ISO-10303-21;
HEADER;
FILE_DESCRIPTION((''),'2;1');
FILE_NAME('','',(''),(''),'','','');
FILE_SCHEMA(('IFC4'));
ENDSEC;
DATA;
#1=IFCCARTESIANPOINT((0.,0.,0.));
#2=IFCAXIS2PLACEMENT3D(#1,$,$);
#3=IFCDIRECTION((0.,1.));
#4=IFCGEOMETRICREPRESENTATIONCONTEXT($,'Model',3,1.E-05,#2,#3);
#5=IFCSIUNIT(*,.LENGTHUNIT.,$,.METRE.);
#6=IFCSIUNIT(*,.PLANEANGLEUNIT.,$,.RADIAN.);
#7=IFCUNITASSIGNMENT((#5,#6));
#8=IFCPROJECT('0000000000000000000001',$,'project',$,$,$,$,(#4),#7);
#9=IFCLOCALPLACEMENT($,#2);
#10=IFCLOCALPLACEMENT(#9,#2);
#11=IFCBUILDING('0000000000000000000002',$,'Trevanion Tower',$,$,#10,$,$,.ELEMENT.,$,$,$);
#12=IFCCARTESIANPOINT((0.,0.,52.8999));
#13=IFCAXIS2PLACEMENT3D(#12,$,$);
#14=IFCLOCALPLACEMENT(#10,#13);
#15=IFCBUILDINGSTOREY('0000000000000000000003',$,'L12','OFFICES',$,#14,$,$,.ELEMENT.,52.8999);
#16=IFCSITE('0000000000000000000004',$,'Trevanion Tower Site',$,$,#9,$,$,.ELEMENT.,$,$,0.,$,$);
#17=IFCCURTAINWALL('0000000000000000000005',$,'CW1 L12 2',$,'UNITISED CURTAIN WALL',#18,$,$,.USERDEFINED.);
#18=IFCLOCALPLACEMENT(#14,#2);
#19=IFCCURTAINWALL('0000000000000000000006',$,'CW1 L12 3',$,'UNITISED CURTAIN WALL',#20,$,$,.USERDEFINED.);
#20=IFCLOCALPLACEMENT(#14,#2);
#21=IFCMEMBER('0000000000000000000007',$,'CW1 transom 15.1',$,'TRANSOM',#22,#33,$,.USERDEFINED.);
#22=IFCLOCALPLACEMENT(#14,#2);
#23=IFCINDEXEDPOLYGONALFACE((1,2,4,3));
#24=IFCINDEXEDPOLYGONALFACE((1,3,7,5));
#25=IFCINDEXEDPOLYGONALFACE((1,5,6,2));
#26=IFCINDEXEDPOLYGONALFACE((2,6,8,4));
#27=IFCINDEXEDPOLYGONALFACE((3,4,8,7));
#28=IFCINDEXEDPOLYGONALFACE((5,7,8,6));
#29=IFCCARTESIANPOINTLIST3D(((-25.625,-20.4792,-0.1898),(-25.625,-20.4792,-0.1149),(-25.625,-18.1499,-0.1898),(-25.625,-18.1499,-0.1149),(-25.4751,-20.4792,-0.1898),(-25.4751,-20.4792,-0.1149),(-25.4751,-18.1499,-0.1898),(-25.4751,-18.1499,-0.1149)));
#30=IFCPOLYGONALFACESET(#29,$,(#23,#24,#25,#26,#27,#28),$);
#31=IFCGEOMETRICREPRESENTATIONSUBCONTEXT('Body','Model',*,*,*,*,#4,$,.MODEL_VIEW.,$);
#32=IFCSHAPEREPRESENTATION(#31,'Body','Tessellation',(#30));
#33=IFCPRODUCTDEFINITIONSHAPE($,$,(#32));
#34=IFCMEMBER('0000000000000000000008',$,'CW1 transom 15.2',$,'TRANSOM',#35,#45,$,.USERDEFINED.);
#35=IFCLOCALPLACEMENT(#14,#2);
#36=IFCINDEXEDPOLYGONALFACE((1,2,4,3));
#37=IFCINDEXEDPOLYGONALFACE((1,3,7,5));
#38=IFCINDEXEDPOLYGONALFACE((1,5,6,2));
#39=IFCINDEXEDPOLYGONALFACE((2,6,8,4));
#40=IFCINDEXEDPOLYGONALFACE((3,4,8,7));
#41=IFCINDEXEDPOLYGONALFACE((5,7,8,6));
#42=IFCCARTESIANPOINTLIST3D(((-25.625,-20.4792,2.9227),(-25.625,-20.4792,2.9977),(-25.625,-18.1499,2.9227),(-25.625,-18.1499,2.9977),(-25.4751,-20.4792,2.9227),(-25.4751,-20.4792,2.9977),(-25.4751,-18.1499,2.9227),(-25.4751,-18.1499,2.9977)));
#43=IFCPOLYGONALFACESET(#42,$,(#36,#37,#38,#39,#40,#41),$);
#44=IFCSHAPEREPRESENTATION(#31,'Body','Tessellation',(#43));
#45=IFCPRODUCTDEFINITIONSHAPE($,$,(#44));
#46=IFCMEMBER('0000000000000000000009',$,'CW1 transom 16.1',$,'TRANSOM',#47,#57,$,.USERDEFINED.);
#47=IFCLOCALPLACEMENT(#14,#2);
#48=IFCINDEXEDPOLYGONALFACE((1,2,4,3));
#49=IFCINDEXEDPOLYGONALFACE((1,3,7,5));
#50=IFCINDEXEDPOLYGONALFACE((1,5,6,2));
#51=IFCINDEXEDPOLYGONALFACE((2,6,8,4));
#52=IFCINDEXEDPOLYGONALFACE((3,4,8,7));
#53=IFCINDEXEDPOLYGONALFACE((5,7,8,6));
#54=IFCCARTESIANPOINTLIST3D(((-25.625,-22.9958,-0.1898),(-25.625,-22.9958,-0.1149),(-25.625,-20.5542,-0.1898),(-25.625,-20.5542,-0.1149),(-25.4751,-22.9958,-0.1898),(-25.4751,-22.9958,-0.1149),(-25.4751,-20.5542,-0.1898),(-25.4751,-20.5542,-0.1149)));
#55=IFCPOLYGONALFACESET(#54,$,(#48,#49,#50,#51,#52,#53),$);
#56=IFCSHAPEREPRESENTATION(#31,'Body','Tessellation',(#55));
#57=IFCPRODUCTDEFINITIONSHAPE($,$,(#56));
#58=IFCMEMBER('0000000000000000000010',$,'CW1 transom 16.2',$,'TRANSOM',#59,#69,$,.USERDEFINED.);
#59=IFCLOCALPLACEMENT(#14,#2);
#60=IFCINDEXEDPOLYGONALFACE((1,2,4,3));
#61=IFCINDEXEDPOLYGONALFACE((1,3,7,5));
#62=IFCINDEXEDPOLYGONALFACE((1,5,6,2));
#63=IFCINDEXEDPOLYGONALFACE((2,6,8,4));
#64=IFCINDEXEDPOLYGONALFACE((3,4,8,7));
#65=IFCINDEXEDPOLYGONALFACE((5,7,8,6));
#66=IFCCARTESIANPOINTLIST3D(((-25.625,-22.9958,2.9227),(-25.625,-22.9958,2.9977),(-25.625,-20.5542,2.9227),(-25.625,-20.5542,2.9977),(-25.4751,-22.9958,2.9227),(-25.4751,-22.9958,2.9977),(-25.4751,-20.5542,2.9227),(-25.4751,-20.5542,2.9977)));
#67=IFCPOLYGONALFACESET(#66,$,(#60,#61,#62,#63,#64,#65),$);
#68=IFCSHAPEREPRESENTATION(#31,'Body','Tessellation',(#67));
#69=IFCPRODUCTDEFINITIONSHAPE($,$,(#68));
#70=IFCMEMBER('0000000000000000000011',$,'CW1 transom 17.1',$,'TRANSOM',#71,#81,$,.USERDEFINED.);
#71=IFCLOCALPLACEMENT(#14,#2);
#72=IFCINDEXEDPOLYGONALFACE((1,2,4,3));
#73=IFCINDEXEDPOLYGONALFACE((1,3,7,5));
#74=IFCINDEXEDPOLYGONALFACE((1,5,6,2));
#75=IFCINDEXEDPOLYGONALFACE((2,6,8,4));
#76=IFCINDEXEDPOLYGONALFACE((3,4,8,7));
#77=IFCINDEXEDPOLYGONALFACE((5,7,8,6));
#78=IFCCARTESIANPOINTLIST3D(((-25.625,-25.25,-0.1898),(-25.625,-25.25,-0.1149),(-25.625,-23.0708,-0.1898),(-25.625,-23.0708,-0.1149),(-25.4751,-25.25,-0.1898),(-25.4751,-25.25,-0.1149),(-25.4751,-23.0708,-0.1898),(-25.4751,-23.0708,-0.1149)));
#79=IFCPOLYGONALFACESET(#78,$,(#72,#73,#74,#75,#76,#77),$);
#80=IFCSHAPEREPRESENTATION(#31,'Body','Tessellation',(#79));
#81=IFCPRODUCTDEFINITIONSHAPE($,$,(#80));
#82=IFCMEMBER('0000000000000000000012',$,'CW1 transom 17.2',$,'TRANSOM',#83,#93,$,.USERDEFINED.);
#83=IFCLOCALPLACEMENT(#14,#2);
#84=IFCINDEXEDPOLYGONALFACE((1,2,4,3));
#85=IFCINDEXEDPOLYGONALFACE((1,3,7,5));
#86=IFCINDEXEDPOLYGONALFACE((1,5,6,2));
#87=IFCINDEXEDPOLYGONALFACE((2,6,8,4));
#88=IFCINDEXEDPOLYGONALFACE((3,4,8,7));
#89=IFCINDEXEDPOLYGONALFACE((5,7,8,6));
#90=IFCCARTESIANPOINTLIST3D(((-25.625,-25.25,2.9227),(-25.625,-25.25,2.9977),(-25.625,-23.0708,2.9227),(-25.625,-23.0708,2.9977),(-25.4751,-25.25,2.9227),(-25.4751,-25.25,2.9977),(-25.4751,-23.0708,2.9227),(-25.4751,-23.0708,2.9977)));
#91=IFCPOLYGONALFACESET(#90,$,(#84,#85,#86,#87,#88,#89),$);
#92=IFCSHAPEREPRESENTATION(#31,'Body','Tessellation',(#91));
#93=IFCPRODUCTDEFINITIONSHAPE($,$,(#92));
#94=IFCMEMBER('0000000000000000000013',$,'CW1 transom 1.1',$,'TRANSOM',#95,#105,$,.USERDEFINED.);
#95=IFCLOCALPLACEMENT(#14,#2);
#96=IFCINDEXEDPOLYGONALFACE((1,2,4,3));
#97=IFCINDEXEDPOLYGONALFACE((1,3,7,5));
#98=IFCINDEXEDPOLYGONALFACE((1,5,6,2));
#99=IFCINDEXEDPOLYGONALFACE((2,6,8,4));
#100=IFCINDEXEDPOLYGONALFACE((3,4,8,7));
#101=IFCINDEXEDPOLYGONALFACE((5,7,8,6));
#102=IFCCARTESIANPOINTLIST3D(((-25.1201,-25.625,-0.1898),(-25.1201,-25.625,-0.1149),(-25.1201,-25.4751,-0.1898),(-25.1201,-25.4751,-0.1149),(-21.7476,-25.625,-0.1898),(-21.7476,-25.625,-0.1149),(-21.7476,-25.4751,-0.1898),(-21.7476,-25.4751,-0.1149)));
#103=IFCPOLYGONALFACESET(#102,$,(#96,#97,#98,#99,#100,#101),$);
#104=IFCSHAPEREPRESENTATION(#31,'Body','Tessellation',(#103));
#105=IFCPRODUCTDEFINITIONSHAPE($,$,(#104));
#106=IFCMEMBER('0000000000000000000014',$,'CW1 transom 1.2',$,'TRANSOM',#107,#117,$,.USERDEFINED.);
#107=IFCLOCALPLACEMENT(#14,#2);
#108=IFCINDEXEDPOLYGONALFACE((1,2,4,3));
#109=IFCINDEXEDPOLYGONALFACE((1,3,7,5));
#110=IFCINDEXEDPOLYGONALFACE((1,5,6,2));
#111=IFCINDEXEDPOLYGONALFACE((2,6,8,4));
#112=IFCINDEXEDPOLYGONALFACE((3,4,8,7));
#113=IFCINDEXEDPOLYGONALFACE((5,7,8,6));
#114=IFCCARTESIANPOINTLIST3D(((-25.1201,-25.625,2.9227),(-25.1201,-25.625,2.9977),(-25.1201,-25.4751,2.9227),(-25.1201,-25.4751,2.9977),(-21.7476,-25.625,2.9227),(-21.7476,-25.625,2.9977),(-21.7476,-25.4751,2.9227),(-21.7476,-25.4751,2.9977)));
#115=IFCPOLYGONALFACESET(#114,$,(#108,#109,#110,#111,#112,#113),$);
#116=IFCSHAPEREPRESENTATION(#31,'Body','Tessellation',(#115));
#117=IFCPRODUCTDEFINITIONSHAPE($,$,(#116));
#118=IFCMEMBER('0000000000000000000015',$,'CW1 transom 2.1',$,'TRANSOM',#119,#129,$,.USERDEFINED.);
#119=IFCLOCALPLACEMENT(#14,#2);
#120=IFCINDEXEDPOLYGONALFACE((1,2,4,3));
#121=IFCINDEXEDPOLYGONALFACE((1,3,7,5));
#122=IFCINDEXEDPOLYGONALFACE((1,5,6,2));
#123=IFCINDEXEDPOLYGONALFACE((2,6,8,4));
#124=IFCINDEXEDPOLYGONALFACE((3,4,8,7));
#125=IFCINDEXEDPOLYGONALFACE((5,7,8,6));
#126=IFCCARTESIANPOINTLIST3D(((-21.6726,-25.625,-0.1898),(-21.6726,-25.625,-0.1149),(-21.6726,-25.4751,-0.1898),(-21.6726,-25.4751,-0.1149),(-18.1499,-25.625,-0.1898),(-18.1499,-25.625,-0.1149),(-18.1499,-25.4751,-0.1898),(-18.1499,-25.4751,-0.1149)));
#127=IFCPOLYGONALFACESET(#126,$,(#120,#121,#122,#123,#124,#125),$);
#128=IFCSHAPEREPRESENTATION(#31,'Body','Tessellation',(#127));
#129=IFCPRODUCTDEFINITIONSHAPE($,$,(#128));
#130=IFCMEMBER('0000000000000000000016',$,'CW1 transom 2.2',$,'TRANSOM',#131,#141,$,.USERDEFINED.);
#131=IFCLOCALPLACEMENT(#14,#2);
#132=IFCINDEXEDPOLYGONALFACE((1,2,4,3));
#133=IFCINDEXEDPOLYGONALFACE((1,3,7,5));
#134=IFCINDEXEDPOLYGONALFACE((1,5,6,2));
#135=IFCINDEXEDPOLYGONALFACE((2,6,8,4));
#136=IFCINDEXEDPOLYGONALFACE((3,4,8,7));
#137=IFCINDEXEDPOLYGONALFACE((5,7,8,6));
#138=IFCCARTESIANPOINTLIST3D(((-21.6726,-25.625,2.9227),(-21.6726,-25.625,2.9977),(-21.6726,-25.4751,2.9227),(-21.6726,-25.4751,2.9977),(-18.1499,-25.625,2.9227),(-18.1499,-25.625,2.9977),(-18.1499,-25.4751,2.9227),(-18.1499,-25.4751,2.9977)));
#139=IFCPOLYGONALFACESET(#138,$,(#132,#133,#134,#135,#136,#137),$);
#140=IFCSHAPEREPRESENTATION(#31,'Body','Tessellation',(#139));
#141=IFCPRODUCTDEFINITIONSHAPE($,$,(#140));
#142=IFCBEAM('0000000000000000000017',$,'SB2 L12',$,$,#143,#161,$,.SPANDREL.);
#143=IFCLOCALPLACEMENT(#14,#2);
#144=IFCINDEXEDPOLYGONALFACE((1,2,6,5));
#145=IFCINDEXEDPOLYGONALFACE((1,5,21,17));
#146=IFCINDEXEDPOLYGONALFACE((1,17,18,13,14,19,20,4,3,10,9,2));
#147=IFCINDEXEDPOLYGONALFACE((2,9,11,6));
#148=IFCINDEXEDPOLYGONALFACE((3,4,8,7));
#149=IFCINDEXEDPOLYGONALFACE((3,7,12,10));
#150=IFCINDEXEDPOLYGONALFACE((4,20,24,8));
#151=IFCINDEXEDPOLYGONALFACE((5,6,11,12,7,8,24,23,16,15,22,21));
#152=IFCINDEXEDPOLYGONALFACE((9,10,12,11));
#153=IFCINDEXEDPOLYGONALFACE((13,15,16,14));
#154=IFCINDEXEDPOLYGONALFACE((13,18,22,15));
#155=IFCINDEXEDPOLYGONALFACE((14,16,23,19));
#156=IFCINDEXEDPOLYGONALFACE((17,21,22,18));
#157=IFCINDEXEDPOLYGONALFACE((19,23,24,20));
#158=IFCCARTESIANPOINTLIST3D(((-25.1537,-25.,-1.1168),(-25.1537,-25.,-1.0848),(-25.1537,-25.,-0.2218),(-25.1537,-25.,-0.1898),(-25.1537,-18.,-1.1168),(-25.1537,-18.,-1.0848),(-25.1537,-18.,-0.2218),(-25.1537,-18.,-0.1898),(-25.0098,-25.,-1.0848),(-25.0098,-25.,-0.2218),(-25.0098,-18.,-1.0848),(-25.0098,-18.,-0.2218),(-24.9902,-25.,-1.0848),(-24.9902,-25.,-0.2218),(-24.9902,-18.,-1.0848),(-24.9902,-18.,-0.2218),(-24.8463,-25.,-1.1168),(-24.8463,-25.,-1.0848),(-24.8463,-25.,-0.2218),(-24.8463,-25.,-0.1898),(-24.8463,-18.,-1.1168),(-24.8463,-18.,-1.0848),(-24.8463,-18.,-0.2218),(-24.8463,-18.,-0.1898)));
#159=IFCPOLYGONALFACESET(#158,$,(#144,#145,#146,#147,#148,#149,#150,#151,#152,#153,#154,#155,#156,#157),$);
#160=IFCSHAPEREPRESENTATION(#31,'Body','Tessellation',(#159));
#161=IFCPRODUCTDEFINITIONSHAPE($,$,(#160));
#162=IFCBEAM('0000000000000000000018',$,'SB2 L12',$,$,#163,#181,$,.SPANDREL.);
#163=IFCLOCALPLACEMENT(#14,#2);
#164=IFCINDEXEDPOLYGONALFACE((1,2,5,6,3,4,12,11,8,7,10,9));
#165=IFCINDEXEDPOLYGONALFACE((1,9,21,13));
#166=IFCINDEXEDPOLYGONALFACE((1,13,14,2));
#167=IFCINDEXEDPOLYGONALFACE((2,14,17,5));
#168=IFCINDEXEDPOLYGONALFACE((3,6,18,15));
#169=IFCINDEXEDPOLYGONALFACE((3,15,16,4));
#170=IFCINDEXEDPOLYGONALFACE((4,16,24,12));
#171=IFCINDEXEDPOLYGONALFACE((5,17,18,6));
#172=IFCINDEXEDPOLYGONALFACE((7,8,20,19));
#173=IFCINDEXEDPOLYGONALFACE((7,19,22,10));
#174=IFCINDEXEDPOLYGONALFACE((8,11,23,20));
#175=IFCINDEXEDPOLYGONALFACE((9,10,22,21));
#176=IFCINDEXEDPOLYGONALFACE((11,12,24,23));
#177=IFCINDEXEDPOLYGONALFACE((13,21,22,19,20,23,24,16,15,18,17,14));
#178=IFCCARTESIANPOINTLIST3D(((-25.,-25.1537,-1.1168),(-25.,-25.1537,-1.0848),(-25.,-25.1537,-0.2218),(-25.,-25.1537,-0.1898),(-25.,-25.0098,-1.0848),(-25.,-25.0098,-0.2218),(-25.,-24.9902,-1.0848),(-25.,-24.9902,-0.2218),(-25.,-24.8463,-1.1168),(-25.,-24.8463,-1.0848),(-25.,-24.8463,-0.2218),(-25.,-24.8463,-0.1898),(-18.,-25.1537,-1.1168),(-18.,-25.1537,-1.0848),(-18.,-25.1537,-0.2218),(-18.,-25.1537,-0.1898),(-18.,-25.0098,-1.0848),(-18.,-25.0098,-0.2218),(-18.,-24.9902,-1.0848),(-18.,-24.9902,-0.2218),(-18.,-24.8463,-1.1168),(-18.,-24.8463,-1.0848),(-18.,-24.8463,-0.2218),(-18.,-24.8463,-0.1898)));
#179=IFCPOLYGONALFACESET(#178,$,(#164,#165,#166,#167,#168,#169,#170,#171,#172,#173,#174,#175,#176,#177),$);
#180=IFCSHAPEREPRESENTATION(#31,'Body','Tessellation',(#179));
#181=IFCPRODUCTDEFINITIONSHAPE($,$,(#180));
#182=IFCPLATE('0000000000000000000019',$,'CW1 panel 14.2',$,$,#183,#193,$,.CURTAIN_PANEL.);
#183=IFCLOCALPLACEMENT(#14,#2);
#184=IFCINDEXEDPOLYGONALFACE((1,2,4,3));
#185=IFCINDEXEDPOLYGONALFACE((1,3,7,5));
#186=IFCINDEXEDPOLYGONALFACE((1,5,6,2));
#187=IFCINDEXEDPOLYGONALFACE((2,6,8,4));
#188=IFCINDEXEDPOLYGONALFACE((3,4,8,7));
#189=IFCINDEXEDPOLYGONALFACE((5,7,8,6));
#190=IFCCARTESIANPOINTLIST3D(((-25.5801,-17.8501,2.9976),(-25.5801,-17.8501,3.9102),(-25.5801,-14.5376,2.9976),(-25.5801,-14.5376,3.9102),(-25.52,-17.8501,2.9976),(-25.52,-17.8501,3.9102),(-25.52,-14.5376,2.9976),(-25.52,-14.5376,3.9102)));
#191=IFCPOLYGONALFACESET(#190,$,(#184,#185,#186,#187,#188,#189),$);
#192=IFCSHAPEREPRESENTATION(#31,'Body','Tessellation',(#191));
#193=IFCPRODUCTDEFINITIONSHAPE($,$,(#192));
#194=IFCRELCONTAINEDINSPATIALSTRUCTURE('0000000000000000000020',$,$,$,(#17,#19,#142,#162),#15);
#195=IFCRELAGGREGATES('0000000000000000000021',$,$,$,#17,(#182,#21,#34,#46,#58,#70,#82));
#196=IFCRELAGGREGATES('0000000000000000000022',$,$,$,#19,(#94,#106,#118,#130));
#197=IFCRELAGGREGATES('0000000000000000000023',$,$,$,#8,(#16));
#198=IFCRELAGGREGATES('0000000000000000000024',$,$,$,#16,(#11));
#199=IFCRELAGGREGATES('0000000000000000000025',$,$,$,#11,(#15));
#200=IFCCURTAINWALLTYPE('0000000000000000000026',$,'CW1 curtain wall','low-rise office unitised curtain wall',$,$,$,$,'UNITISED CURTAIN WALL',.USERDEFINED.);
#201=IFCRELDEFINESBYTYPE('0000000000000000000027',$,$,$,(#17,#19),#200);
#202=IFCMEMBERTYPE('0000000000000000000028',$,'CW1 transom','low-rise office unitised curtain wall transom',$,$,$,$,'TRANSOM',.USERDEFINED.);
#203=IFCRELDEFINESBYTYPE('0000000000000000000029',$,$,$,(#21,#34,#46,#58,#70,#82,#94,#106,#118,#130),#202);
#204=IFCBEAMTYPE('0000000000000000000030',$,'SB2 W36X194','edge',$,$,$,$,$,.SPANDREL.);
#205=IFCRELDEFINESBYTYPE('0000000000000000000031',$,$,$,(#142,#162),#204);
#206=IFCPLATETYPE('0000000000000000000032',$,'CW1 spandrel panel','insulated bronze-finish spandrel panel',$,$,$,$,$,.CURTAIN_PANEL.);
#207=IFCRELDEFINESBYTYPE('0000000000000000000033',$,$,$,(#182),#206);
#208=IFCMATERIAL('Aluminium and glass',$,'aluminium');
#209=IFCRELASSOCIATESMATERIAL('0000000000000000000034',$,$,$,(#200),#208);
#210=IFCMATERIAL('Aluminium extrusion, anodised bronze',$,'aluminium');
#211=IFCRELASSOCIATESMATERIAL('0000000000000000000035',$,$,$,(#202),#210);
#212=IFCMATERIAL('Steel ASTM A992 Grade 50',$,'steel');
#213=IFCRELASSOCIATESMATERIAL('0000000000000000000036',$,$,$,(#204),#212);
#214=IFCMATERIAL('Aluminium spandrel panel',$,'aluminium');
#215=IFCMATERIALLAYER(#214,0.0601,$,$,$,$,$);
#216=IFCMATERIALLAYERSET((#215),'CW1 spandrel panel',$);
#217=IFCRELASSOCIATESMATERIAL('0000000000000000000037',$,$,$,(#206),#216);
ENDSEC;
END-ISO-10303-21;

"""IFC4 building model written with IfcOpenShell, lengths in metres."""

from ifc_helpers import new_model, si_unit, direction, frame, origin, origin_2d, place, context, subcontext, project, spatial, rectangle, i_section, extrude, material, layer, layer_set, material_profile, profile_set, type_object, element, aggregate, save


model = new_model("IFC4")

# Units and contexts
model_context = context("Model", 3, precision=1e-05, world=origin(), true_north=direction((0.0, 1.0)))
body_context = subcontext(model_context, "Body", "Model", "MODEL_VIEW")
ifc_project = project(units=[si_unit("LENGTHUNIT", "METRE"), si_unit("PLANEANGLEUNIT", "RADIAN")], contexts=[model_context])

# Site, building, storey
site_placement = place(None, origin())
site = spatial("IfcSite", under=ifc_project, at=site_placement, Name="Trevanion Tower Site", CompositionType="ELEMENT", RefElevation=0.0)
building_placement = place(site_placement, origin())
building = spatial("IfcBuilding", under=site, at=building_placement, Name="Trevanion Tower", CompositionType="ELEMENT")
storey_placement = place(building_placement, frame((0.0, 0.0, 52.8999)))
storey = spatial("IfcBuildingStorey", under=building, at=storey_placement, Name="L12", Description="OFFICES", CompositionType="ELEMENT", Elevation=52.8999)

# Curtain wall
ifc_material_1 = material(Name="Aluminium and glass", Category="aluminium")
curtain_wall_type = type_object("IfcCurtainWallType", Name="CW1 curtain wall", Description="low-rise office unitised curtain wall", ElementType="UNITISED CURTAIN WALL", PredefinedType="USERDEFINED", material=ifc_material_1)
curtain_wall_1_placement = place(storey_placement, origin())
curtain_wall_1 = element("IfcCurtainWall", 1, at=curtain_wall_1_placement, inside=storey, type_object=curtain_wall_type, Name="CW1 L12 2", ObjectType="UNITISED CURTAIN WALL", PredefinedType="USERDEFINED")

# Curtain wall
curtain_wall_2_placement = place(storey_placement, origin())
curtain_wall_2 = element("IfcCurtainWall", 2, at=curtain_wall_2_placement, inside=storey, type_object=curtain_wall_type, Name="CW1 L12 3", ObjectType="UNITISED CURTAIN WALL", PredefinedType="USERDEFINED")

# Members
ifc_material_2 = material(Name="Aluminium extrusion, anodised bronze", Category="aluminium")
ifc_material_profile_1 = material_profile(ifc_material_2, rectangle(XDim=0.1499, YDim=0.075, at=origin_2d()), Name="CW1 transom")
ifc_profile_set_1 = profile_set([ifc_material_profile_1], Name="Aluminium extrusion, anodised bronze")
member_type_1 = type_object("IfcMemberType", Name="CW1 transom", Description="low-rise office unitised curtain wall transom", ElementType="TRANSOM", PredefinedType="USERDEFINED", material=ifc_profile_set_1)
member_1_placement = place(storey_placement, frame((-25.55, -18.1499, -0.1523), z_axis=(0.0, -1.0, 0.0), x_axis=(1.0, 0.0, 0.0)))
member_1 = element("IfcMember", 3, at=member_1_placement, type_object=member_type_1, Name="CW1 transom 15.1", ObjectType="TRANSOM", PredefinedType="USERDEFINED", context=body_context, shape_type="SweptSolid", body=[
    extrude(rectangle(XDim=0.1499, YDim=0.075, at=origin_2d()), origin(), (0.0, 0.0, 1.0), 2.3293),
])
member_2_placement = place(storey_placement, frame((-25.55, -18.1499, 2.9602), z_axis=(0.0, -1.0, 0.0), x_axis=(1.0, 0.0, 0.0)))
member_2 = element("IfcMember", 4, at=member_2_placement, type_object=member_type_1, Name="CW1 transom 15.2", ObjectType="TRANSOM", PredefinedType="USERDEFINED", context=body_context, shape_type="SweptSolid", body=[
    extrude(rectangle(XDim=0.1499, YDim=0.075, at=origin_2d()), origin(), (0.0, 0.0, 1.0), 2.3293),
])
member_3_placement = place(storey_placement, frame((-25.55, -20.5542, -0.1523), z_axis=(0.0, -1.0, 0.0), x_axis=(1.0, 0.0, 0.0)))
member_3 = element("IfcMember", 5, at=member_3_placement, type_object=member_type_1, Name="CW1 transom 16.1", ObjectType="TRANSOM", PredefinedType="USERDEFINED", context=body_context, shape_type="SweptSolid", body=[
    extrude(rectangle(XDim=0.1499, YDim=0.075, at=origin_2d()), origin(), (0.0, 0.0, 1.0), 2.4417),
])
member_4_placement = place(storey_placement, frame((-25.55, -20.5542, 2.9602), z_axis=(0.0, -1.0, 0.0), x_axis=(1.0, 0.0, 0.0)))
member_4 = element("IfcMember", 6, at=member_4_placement, type_object=member_type_1, Name="CW1 transom 16.2", ObjectType="TRANSOM", PredefinedType="USERDEFINED", context=body_context, shape_type="SweptSolid", body=[
    extrude(rectangle(XDim=0.1499, YDim=0.075, at=origin_2d()), origin(), (0.0, 0.0, 1.0), 2.4417),
])
member_5_placement = place(storey_placement, frame((-25.55, -23.0708, -0.1523), z_axis=(0.0, -1.0, 0.0), x_axis=(1.0, 0.0, 0.0)))
member_5 = element("IfcMember", 7, at=member_5_placement, type_object=member_type_1, Name="CW1 transom 17.1", ObjectType="TRANSOM", PredefinedType="USERDEFINED", context=body_context, shape_type="SweptSolid", body=[
    extrude(rectangle(XDim=0.1499, YDim=0.075, at=origin_2d()), origin(), (0.0, 0.0, 1.0), 2.1792),
])
member_6_placement = place(storey_placement, frame((-25.55, -23.0708, 2.9602), z_axis=(0.0, -1.0, 0.0), x_axis=(1.0, 0.0, 0.0)))
member_6 = element("IfcMember", 8, at=member_6_placement, type_object=member_type_1, Name="CW1 transom 17.2", ObjectType="TRANSOM", PredefinedType="USERDEFINED", context=body_context, shape_type="SweptSolid", body=[
    extrude(rectangle(XDim=0.1499, YDim=0.075, at=origin_2d()), origin(), (0.0, 0.0, 1.0), 2.1792),
])
member_7_placement = place(storey_placement, frame((-25.1201, -25.55, -0.1523), z_axis=(1.0, 0.0, 0.0), x_axis=(0.0, 1.0, 0.0)))
member_7 = element("IfcMember", 9, at=member_7_placement, type_object=member_type_1, Name="CW1 transom 1.1", ObjectType="TRANSOM", PredefinedType="USERDEFINED", context=body_context, shape_type="SweptSolid", body=[
    extrude(rectangle(XDim=0.1499, YDim=0.075, at=origin_2d()), origin(), (0.0, 0.0, 1.0), 3.3726),
])
member_8_placement = place(storey_placement, frame((-25.1201, -25.55, 2.9602), z_axis=(1.0, 0.0, 0.0), x_axis=(0.0, 1.0, 0.0)))
member_8 = element("IfcMember", 10, at=member_8_placement, type_object=member_type_1, Name="CW1 transom 1.2", ObjectType="TRANSOM", PredefinedType="USERDEFINED", context=body_context, shape_type="SweptSolid", body=[
    extrude(rectangle(XDim=0.1499, YDim=0.075, at=origin_2d()), origin(), (0.0, 0.0, 1.0), 3.3726),
])
member_9_placement = place(storey_placement, frame((-21.6726, -25.55, -0.1523), z_axis=(1.0, 0.0, 0.0), x_axis=(0.0, 1.0, 0.0)))
member_9 = element("IfcMember", 11, at=member_9_placement, type_object=member_type_1, Name="CW1 transom 2.1", ObjectType="TRANSOM", PredefinedType="USERDEFINED", context=body_context, shape_type="SweptSolid", body=[
    extrude(rectangle(XDim=0.1499, YDim=0.075, at=origin_2d()), origin(), (0.0, 0.0, 1.0), 3.5227),
])
member_10_placement = place(storey_placement, frame((-21.6726, -25.55, 2.9602), z_axis=(1.0, 0.0, 0.0), x_axis=(0.0, 1.0, 0.0)))
member_10 = element("IfcMember", 12, at=member_10_placement, type_object=member_type_1, Name="CW1 transom 2.2", ObjectType="TRANSOM", PredefinedType="USERDEFINED", context=body_context, shape_type="SweptSolid", body=[
    extrude(rectangle(XDim=0.1499, YDim=0.075, at=origin_2d()), origin(), (0.0, 0.0, 1.0), 3.5227),
])

# Beams
ifc_material_3 = material(Name="Steel ASTM A992 Grade 50", Category="steel")
ifc_material_profile_2 = material_profile(ifc_material_3, i_section(OverallWidth=0.3074, OverallDepth=0.927, WebThickness=0.0195, FlangeThickness=0.032, at=origin_2d()), Name="W36X194")
ifc_profile_set_2 = profile_set([ifc_material_profile_2], Name="Steel ASTM A992 Grade 50")
beam_type = type_object("IfcBeamType", Name="SB2 W36X194", Description="edge", PredefinedType="SPANDREL", material=ifc_profile_set_2)
for number, where, z_axis, x_axis, name in (
    (13, (-25.0, -18.0, -0.6533), (0.0, -1.0, 0.0), (1.0, 0.0, 0.0), "SB2 L12"),
    (14, (-25.0, -25.0, -0.6533), (1.0, 0.0, 0.0), (0.0, 1.0, 0.0), "SB2 L12"),
):
    element("IfcBeam", number, at=place(storey_placement, frame(where, z_axis=z_axis, x_axis=x_axis)), inside=storey, type_object=beam_type, Name=name, PredefinedType="SPANDREL", context=body_context, shape_type="SweptSolid", body=[
        extrude(i_section(OverallWidth=0.3074, OverallDepth=0.927, WebThickness=0.0195, FlangeThickness=0.032, at=origin_2d()), origin(), (0.0, 0.0, 1.0), 7.0),
    ])

# Plate
ifc_material_4 = material(Name="Aluminium spandrel panel", Category="aluminium")
ifc_layer_1 = layer(ifc_material_4, 0.0601)
ifc_layer_set_1 = layer_set([ifc_layer_1], Name="CW1 spandrel panel")
plate_type_1 = type_object("IfcPlateType", Name="CW1 spandrel panel", Description="insulated bronze-finish spandrel panel", PredefinedType="CURTAIN_PANEL", material=ifc_layer_set_1)
plate_1_placement = place(storey_placement, frame((-25.55, -16.1938, 2.9976), z_axis=(0.0, 0.0, 1.0), x_axis=(0.0, -1.0, 0.0)))
plate_1 = element("IfcPlate", 15, at=plate_1_placement, type_object=plate_type_1, Name="CW1 panel 14.2", PredefinedType="CURTAIN_PANEL", context=body_context, shape_type="SweptSolid", body=[
    extrude(rectangle(XDim=3.3125, YDim=0.0601, at=origin_2d()), origin(), (0.0, 0.0, 1.0), 0.9126),
])
aggregate(curtain_wall_1, [plate_1, member_1, member_2, member_3, member_4, member_5, member_6])
aggregate(curtain_wall_2, [member_7, member_8, member_9, member_10])

save(model, "model.ifc")
